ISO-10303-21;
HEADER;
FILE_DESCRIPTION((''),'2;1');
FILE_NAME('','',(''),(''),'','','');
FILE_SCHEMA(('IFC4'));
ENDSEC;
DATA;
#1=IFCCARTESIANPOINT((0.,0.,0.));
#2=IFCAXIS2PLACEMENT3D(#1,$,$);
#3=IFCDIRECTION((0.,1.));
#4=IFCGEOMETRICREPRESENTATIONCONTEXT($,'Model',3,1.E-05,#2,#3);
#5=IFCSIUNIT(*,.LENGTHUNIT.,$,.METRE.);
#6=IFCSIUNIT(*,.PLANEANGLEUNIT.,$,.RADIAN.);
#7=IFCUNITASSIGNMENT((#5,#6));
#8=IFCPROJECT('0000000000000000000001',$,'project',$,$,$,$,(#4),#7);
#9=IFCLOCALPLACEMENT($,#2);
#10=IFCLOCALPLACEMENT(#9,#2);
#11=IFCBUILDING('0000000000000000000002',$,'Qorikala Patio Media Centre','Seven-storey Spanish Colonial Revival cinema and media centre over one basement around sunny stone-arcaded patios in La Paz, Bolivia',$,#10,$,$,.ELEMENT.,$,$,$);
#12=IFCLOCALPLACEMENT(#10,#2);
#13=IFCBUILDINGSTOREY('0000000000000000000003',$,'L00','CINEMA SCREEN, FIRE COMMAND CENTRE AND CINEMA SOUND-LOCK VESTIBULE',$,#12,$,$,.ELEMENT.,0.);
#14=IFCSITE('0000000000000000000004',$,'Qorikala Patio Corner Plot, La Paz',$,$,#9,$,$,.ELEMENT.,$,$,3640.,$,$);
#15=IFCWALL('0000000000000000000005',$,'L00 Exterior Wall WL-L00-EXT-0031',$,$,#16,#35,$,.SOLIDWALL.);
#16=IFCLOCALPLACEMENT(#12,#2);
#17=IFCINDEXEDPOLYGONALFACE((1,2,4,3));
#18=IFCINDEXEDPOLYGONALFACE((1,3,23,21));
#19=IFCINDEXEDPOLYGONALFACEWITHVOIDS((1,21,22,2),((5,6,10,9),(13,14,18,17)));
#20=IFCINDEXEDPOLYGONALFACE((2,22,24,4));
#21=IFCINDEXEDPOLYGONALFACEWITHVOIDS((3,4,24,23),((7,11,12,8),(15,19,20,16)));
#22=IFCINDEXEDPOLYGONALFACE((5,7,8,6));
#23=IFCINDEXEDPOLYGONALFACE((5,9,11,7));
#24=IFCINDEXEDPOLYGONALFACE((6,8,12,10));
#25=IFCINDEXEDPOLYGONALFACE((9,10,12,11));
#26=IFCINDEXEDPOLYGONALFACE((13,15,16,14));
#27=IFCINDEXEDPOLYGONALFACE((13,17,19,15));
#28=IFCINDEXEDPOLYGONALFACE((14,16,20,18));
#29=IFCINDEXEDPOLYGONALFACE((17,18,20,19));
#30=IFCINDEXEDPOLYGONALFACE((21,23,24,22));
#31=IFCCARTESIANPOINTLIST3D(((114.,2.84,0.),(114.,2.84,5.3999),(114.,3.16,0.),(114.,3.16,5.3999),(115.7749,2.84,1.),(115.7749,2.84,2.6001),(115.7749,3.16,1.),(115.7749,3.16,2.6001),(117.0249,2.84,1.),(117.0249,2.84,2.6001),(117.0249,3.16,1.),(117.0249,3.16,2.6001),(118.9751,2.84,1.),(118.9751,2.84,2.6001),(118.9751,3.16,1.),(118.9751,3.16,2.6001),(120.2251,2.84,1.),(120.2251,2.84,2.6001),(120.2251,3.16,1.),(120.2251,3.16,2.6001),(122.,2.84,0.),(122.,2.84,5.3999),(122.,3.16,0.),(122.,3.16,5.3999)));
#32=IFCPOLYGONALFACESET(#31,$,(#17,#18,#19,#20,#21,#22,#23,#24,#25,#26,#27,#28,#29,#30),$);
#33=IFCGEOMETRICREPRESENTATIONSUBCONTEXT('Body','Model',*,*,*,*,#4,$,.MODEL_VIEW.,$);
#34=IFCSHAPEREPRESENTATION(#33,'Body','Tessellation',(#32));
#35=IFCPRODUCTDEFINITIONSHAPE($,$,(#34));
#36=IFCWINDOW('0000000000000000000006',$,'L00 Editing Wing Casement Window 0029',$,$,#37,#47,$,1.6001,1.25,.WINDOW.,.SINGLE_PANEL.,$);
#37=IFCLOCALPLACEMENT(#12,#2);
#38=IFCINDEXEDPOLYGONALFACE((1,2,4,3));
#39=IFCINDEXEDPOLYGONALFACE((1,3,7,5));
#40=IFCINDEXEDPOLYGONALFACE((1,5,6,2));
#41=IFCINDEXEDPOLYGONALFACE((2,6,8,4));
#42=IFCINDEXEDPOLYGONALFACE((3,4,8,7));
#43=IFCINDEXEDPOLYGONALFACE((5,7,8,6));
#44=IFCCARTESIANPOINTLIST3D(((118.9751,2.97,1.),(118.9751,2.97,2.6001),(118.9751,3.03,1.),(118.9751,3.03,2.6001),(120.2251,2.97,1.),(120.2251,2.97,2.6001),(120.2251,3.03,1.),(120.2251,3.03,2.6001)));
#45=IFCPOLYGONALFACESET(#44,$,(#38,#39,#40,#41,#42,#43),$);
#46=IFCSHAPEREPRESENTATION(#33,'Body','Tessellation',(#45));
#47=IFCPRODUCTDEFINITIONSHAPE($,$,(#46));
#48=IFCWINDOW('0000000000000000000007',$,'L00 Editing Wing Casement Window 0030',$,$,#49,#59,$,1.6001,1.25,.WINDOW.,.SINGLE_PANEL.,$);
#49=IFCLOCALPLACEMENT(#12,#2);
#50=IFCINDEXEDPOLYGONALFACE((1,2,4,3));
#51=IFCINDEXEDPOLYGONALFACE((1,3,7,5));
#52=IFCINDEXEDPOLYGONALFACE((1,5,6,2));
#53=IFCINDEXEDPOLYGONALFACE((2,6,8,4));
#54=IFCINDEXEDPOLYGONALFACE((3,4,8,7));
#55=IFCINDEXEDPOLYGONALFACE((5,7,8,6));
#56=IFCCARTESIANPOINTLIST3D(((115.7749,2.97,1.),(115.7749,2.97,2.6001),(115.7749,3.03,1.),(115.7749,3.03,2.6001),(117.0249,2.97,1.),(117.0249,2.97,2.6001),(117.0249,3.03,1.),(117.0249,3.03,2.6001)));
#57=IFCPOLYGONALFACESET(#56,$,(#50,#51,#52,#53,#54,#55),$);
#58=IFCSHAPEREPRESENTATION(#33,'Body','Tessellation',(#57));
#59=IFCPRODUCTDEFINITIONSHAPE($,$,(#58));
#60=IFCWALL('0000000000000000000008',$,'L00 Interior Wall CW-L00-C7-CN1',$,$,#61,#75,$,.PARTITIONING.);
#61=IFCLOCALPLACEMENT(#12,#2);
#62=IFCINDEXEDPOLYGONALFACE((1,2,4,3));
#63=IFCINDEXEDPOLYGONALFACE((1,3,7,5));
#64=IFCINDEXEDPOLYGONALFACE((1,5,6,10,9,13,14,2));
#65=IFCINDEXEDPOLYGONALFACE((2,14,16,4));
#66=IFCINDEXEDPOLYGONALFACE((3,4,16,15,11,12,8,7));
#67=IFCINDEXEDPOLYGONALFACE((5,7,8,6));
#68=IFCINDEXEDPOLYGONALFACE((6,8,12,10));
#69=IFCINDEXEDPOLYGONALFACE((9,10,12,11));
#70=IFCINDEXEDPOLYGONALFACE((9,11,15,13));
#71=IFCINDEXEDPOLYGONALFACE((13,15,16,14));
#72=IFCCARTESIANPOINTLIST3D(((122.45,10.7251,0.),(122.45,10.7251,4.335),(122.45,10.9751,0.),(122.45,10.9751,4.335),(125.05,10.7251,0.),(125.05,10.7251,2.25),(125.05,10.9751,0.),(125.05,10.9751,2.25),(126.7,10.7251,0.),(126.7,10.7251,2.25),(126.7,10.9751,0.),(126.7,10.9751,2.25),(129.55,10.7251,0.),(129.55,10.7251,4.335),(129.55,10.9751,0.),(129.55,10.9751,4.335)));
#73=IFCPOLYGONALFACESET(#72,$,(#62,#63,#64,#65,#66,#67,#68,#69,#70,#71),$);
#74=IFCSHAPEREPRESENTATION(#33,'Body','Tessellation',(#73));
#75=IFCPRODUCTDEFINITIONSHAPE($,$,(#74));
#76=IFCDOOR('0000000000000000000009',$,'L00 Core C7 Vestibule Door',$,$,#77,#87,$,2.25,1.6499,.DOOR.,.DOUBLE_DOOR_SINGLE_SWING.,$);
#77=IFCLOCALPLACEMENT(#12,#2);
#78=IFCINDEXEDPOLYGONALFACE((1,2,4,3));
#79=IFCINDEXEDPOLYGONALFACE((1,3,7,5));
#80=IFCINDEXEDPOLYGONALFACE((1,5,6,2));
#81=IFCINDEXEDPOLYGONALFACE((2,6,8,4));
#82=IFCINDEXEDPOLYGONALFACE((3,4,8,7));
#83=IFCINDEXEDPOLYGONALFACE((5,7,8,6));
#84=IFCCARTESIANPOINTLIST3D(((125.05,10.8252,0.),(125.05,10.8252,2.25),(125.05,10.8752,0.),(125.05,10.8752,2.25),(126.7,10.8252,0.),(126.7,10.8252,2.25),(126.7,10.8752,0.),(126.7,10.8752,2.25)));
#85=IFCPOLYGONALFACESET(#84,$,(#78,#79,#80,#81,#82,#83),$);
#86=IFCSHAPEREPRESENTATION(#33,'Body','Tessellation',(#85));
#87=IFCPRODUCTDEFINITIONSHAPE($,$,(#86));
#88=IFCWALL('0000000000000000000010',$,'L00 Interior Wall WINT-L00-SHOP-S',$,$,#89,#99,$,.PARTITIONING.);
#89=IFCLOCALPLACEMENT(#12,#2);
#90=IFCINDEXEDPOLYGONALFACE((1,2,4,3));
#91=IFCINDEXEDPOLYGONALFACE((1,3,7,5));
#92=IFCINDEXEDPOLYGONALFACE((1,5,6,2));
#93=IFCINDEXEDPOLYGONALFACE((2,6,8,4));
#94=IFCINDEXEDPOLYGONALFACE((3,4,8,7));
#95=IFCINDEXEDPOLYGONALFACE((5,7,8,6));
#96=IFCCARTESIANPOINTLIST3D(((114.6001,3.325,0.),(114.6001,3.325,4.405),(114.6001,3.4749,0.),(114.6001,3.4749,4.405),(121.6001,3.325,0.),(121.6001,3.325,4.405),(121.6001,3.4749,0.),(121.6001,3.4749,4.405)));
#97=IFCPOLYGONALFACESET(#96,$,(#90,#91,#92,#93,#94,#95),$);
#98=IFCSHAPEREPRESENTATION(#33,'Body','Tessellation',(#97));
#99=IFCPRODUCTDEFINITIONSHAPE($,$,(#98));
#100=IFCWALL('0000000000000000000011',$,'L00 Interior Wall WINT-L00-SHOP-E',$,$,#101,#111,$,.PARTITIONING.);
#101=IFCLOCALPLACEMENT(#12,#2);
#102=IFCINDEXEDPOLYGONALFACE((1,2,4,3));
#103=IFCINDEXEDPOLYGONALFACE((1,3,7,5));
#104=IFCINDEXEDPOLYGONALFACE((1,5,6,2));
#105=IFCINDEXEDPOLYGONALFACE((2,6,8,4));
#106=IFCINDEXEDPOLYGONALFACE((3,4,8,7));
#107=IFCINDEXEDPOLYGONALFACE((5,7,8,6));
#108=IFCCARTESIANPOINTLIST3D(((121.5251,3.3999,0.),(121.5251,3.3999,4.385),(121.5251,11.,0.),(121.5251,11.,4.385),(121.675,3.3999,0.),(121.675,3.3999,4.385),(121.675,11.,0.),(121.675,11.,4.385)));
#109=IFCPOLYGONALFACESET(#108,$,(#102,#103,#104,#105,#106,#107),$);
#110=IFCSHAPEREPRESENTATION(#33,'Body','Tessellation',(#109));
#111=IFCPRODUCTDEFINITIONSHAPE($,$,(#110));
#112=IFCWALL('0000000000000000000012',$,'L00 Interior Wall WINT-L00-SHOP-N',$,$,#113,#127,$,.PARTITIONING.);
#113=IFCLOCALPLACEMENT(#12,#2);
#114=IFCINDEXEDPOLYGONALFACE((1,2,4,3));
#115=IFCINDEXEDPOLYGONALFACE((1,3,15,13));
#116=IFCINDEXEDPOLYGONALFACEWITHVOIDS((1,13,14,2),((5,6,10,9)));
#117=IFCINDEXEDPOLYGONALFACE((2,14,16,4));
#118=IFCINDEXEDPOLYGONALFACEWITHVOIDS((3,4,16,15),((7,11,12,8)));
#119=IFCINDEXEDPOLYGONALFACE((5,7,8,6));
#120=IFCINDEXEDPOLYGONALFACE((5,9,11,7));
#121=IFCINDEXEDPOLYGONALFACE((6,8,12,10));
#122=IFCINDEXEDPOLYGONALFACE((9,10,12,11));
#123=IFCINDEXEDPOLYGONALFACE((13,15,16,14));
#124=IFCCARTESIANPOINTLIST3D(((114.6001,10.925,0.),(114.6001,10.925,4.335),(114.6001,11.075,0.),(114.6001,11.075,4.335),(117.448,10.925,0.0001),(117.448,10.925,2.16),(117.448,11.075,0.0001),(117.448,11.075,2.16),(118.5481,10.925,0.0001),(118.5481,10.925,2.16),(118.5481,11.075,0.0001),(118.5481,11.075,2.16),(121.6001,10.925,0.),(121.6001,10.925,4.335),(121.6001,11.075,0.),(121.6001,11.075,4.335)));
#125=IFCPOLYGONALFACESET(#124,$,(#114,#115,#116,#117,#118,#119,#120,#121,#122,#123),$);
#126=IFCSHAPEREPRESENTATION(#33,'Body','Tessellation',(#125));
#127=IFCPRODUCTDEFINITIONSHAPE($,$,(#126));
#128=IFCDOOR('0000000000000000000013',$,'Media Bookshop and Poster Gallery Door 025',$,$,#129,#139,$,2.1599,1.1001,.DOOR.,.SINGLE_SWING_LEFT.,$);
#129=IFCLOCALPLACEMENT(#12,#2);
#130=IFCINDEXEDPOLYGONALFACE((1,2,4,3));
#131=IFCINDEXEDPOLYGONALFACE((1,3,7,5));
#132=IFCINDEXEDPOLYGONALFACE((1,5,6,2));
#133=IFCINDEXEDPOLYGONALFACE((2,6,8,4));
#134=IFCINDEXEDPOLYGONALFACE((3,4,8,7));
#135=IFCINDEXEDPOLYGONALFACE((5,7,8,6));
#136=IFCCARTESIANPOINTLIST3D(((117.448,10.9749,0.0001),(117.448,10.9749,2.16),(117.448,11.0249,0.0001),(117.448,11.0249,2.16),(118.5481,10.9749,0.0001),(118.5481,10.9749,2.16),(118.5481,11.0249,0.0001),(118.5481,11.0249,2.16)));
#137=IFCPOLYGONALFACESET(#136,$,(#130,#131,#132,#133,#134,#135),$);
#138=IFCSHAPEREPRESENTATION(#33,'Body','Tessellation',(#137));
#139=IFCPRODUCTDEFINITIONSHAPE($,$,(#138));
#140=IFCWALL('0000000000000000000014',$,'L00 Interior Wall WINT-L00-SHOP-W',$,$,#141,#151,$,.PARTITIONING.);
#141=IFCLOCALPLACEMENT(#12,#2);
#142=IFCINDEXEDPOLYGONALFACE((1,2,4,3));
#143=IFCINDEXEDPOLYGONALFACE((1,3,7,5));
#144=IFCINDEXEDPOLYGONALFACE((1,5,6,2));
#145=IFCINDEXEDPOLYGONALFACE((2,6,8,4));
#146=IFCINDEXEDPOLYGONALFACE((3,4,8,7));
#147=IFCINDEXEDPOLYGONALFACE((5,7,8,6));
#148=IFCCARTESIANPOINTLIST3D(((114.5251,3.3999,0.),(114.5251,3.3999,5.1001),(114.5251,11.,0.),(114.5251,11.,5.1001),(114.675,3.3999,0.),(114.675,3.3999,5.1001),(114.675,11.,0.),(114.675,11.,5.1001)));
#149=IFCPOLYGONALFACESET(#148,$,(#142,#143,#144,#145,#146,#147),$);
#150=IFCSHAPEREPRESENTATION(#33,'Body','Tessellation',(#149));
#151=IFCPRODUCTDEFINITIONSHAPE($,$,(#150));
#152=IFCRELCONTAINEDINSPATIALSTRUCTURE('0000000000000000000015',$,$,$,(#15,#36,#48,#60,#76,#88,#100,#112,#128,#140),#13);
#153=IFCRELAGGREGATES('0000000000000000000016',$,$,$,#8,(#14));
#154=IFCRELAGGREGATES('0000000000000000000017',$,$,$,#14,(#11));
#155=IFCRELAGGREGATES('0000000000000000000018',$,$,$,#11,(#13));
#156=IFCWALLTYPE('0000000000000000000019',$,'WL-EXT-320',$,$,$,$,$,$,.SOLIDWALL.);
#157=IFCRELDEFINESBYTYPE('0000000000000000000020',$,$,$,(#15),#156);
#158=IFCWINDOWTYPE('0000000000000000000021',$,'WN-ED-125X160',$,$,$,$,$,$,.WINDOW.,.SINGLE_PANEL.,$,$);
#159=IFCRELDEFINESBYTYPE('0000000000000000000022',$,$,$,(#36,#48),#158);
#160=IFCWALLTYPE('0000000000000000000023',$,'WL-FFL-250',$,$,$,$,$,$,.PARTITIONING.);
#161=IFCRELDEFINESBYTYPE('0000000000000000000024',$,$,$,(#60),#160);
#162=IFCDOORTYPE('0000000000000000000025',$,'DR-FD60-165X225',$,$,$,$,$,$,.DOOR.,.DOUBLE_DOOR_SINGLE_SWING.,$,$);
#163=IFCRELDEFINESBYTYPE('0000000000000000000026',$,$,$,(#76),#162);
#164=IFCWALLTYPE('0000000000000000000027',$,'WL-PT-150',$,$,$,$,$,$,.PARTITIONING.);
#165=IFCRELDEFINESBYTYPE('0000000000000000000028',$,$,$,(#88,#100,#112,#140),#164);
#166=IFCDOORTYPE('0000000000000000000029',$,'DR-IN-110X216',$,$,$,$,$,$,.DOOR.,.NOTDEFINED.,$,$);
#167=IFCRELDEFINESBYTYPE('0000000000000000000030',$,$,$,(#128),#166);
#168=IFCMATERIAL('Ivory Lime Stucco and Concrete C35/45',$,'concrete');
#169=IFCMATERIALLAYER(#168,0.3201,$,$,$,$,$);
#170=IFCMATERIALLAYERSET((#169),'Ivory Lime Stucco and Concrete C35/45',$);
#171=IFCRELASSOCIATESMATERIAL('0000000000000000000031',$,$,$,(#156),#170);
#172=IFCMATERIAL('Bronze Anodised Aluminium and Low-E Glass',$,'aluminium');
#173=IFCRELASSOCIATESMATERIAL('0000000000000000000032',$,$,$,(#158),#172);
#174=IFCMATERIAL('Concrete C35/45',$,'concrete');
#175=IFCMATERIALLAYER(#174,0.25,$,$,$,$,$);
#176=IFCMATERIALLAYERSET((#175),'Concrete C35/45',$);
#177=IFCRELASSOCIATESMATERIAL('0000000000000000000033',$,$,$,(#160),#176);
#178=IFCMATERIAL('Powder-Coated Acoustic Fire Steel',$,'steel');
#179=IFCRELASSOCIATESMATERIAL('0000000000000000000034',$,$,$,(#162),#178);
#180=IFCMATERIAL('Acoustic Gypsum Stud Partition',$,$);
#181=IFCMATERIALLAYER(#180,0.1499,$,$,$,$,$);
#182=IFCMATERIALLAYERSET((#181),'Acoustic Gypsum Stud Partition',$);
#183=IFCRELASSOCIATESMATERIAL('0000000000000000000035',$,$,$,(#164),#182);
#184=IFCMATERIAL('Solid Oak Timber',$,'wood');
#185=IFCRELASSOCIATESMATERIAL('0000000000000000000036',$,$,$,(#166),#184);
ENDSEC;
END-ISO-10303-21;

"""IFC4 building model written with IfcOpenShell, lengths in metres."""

from ifc_helpers import new_model, si_unit, direction, frame, frame_2d, origin, place, context, subcontext, project, spatial, rectangle, extrude, material, layer, layer_set, type_object, element, fill, save


model = new_model("IFC4")

# Units and contexts
model_context = context("Model", 3, precision=1e-05, world=origin(), true_north=direction((0.0, 1.0)))
body_context = subcontext(model_context, "Body", "Model", "MODEL_VIEW")
ifc_project = project(units=[si_unit("LENGTHUNIT", "METRE"), si_unit("PLANEANGLEUNIT", "RADIAN")], contexts=[model_context])

# Site, building, storey
site_placement = place(None, origin())
site = spatial("IfcSite", under=ifc_project, at=site_placement, Name="Qorikala Patio Corner Plot, La Paz", CompositionType="ELEMENT", RefElevation=3640.0)
building_placement = place(site_placement, origin())
building = spatial("IfcBuilding", under=site, at=building_placement, Name="Qorikala Patio Media Centre", Description="Seven-storey Spanish Colonial Revival cinema and media centre over one basement around sunny stone-arcaded patios in La Paz, Bolivia", CompositionType="ELEMENT")
storey_placement = place(building_placement, origin())
storey = spatial("IfcBuildingStorey", under=building, at=storey_placement, Name="L00", Description="CINEMA SCREEN, FIRE COMMAND CENTRE AND CINEMA SOUND-LOCK VESTIBULE", CompositionType="ELEMENT", Elevation=0.0)

# Shared definitions
ifc_material_1 = material(Name="Concrete C35/45", Category="concrete")

# Shared definitions
ifc_material_2 = material(Name="Powder-Coated Acoustic Fire Steel", Category="steel")

# Wall, openings, windows
ifc_material_3 = material(Name="Ivory Lime Stucco and Concrete C35/45", Category="concrete")
ifc_layer_1 = layer(ifc_material_3, 0.3201)
ifc_layer_set_1 = layer_set([ifc_layer_1], Name="Ivory Lime Stucco and Concrete C35/45")
wall_type_1 = type_object("IfcWallType", Name="WL-EXT-320", PredefinedType="SOLIDWALL", material=ifc_layer_set_1)
wall_1_placement = place(storey_placement, frame((122.0, 3.0, 0.0), z_axis=(0.0, 0.0, 1.0), x_axis=(-1.0, 0.0, 0.0)))
wall_1 = element("IfcWall", 1, at=wall_1_placement, inside=storey, type_object=wall_type_1, Name="L00 Exterior Wall WL-L00-EXT-0031", PredefinedType="SOLIDWALL", context=body_context, shape_type="SweptSolid", body=[
    extrude(rectangle(XDim=8.0, YDim=0.3201, at=frame_2d((4.0, 0.0))), origin(), (0.0, 0.0, 1.0), 5.3999),
])
opening_1_placement = place(wall_1_placement, frame((1.7749, 0.0, 1.0)))
opening_1 = element("IfcOpeningElement", 2, at=opening_1_placement, cuts=wall_1, PredefinedType="OPENING", context=body_context, shape_type="SweptSolid", body=[
    extrude(rectangle(XDim=1.25, YDim=1.6001, at=frame_2d((0.625, 0.8))), frame((0.0, 0.1699, 0.0), z_axis=(0.0, -1.0, 0.0), x_axis=(1.0, 0.0, 0.0)), (0.0, 0.0, 1.0), 0.3401),
])
opening_2_placement = place(wall_1_placement, frame((4.9751, 0.0, 1.0)))
opening_2 = element("IfcOpeningElement", 3, at=opening_2_placement, cuts=wall_1, PredefinedType="OPENING", context=body_context, shape_type="SweptSolid", body=[
    extrude(rectangle(XDim=1.25, YDim=1.6001, at=frame_2d((0.625, 0.8))), frame((0.0, 0.1699, 0.0), z_axis=(0.0, -1.0, 0.0), x_axis=(1.0, 0.0, 0.0)), (0.0, 0.0, 1.0), 0.3401),
])
ifc_material_4 = material(Name="Bronze Anodised Aluminium and Low-E Glass", Category="aluminium")
window_type = type_object("IfcWindowType", Name="WN-ED-125X160", PartitioningType="SINGLE_PANEL", PredefinedType="WINDOW", material=ifc_material_4)
window_1_placement = place(opening_1_placement, origin())
window_1 = element("IfcWindow", 4, at=window_1_placement, inside=storey, type_object=window_type, Name="L00 Editing Wing Casement Window 0029", OverallHeight=1.6001, OverallWidth=1.25, PartitioningType="SINGLE_PANEL", PredefinedType="WINDOW", context=body_context, shape_type="SweptSolid", body=[
    extrude(rectangle(XDim=1.25, YDim=1.6001, at=frame_2d((0.625, 0.8))), frame((0.0, 0.03, 0.0), z_axis=(0.0, -1.0, 0.0), x_axis=(1.0, 0.0, 0.0)), (0.0, 0.0, 1.0), 0.0601),
])
fill(opening_1, window_1)
window_2_placement = place(opening_2_placement, origin())
window_2 = element("IfcWindow", 5, at=window_2_placement, inside=storey, type_object=window_type, Name="L00 Editing Wing Casement Window 0030", OverallHeight=1.6001, OverallWidth=1.25, PartitioningType="SINGLE_PANEL", PredefinedType="WINDOW", context=body_context, shape_type="SweptSolid", body=[
    extrude(rectangle(XDim=1.25, YDim=1.6001, at=frame_2d((0.625, 0.8))), frame((0.0, 0.03, 0.0), z_axis=(0.0, -1.0, 0.0), x_axis=(1.0, 0.0, 0.0)), (0.0, 0.0, 1.0), 0.0601),
])
fill(opening_2, window_2)

# Wall, opening, door
ifc_layer_2 = layer(ifc_material_1, 0.25)
ifc_layer_set_2 = layer_set([ifc_layer_2], Name="Concrete C35/45")
wall_type_2 = type_object("IfcWallType", Name="WL-FFL-250", PredefinedType="PARTITIONING", material=ifc_layer_set_2)
wall_2_placement = place(storey_placement, frame((122.45, 10.8501, 0.0), z_axis=(0.0, 0.0, 1.0), x_axis=(1.0, 0.0, 0.0)))
wall_2 = element("IfcWall", 6, at=wall_2_placement, inside=storey, type_object=wall_type_2, Name="L00 Interior Wall CW-L00-C7-CN1", PredefinedType="PARTITIONING", context=body_context, shape_type="SweptSolid", body=[
    extrude(rectangle(XDim=7.1001, YDim=0.25, at=frame_2d((3.55, 0.0))), origin(), (0.0, 0.0, 1.0), 4.335),
])
opening_3_placement = place(wall_2_placement, frame((2.6001, 0.0, 0.0)))
opening_3 = element("IfcOpeningElement", 7, at=opening_3_placement, cuts=wall_2, PredefinedType="OPENING", context=body_context, shape_type="SweptSolid", body=[
    extrude(rectangle(XDim=1.6499, YDim=2.25, at=frame_2d((0.825, 1.125))), frame((0.0, 0.135, 0.0), z_axis=(0.0, -1.0, 0.0), x_axis=(1.0, 0.0, 0.0)), (0.0, 0.0, 1.0), 0.27),
])
door_type_1 = type_object("IfcDoorType", Name="DR-FD60-165X225", OperationType="DOUBLE_DOOR_SINGLE_SWING", PredefinedType="DOOR", material=ifc_material_2)
door_1_placement = place(opening_3_placement, frame((1.6499, 0.0, 0.0), z_axis=(0.0, 0.0, 1.0), x_axis=(-1.0, 0.0, 0.0)))
door_1 = element("IfcDoor", 8, at=door_1_placement, inside=storey, type_object=door_type_1, Name="L00 Core C7 Vestibule Door", OperationType="DOUBLE_DOOR_SINGLE_SWING", OverallHeight=2.25, OverallWidth=1.6499, PredefinedType="DOOR", context=body_context, shape_type="SweptSolid", body=[
    extrude(rectangle(XDim=1.6499, YDim=2.25, at=frame_2d((0.825, 1.125))), frame((0.0, 0.0249, 0.0), z_axis=(0.0, -1.0, 0.0), x_axis=(1.0, 0.0, 0.0)), (0.0, 0.0, 1.0), 0.05),
])
fill(opening_3, door_1)

# Walls
ifc_material_5 = material(Name="Acoustic Gypsum Stud Partition")
ifc_layer_3 = layer(ifc_material_5, 0.1499)
ifc_layer_set_3 = layer_set([ifc_layer_3], Name="Acoustic Gypsum Stud Partition")
wall_type_3 = type_object("IfcWallType", Name="WL-PT-150", PredefinedType="PARTITIONING", material=ifc_layer_set_3)
wall_3_placement = place(storey_placement, frame((114.6001, 3.3999, 0.0), z_axis=(0.0, 0.0, 1.0), x_axis=(1.0, 0.0, 0.0)))
element("IfcWall", 9, at=wall_3_placement, inside=storey, type_object=wall_type_3, Name="L00 Interior Wall WINT-L00-SHOP-S", PredefinedType="PARTITIONING", context=body_context, shape_type="SweptSolid", body=[
    extrude(rectangle(XDim=7.0, YDim=0.1499, at=frame_2d((3.5, 0.0))), origin(), (0.0, 0.0, 1.0), 4.405),
])
wall_4_placement = place(storey_placement, frame((121.6001, 3.3999, 0.0), z_axis=(0.0, 0.0, 1.0), x_axis=(0.0, 1.0, 0.0)))
element("IfcWall", 10, at=wall_4_placement, inside=storey, type_object=wall_type_3, Name="L00 Interior Wall WINT-L00-SHOP-E", PredefinedType="PARTITIONING", context=body_context, shape_type="SweptSolid", body=[
    extrude(rectangle(XDim=7.6001, YDim=0.1499, at=frame_2d((3.8, 0.0))), origin(), (0.0, 0.0, 1.0), 4.385),
])

# Wall, opening, door
wall_5_placement = place(storey_placement, frame((114.6001, 11.0, 0.0), z_axis=(0.0, 0.0, 1.0), x_axis=(1.0, 0.0, 0.0)))
wall_5 = element("IfcWall", 11, at=wall_5_placement, inside=storey, type_object=wall_type_3, Name="L00 Interior Wall WINT-L00-SHOP-N", PredefinedType="PARTITIONING", context=body_context, shape_type="SweptSolid", body=[
    extrude(rectangle(XDim=7.0, YDim=0.1499, at=frame_2d((3.5, 0.0))), origin(), (0.0, 0.0, 1.0), 4.335),
])
opening_4_placement = place(wall_5_placement, frame((2.8479, 0.0, 0.0)))
opening_4 = element("IfcOpeningElement", 12, at=opening_4_placement, cuts=wall_5, PredefinedType="OPENING", context=body_context, shape_type="SweptSolid", body=[
    extrude(rectangle(XDim=1.1001, YDim=2.1599, at=frame_2d((0.55, 1.0801))), frame((0.0, 0.085, 0.0), z_axis=(0.0, -1.0, 0.0), x_axis=(1.0, 0.0, 0.0)), (0.0, 0.0, 1.0), 0.1699),
])
ifc_material_6 = material(Name="Solid Oak Timber", Category="wood")
door_type_2 = type_object("IfcDoorType", Name="DR-IN-110X216", OperationType="NOTDEFINED", PredefinedType="DOOR", material=ifc_material_6)
door_2_placement = place(opening_4_placement, origin())
door_2 = element("IfcDoor", 13, at=door_2_placement, inside=storey, type_object=door_type_2, Name="Media Bookshop and Poster Gallery Door 025", OperationType="SINGLE_SWING_LEFT", OverallHeight=2.1599, OverallWidth=1.1001, PredefinedType="DOOR", context=body_context, shape_type="SweptSolid", body=[
    extrude(rectangle(XDim=1.1001, YDim=2.1599, at=frame_2d((0.55, 1.0801))), frame((0.0, 0.0249, 0.0), z_axis=(0.0, -1.0, 0.0), x_axis=(1.0, 0.0, 0.0)), (0.0, 0.0, 1.0), 0.05),
])
fill(opening_4, door_2)

# Wall
wall_6_placement = place(storey_placement, frame((114.6001, 3.3999, 0.0), z_axis=(0.0, 0.0, 1.0), x_axis=(0.0, 1.0, 0.0)))
element("IfcWall", 14, at=wall_6_placement, inside=storey, type_object=wall_type_3, Name="L00 Interior Wall WINT-L00-SHOP-W", PredefinedType="PARTITIONING", context=body_context, shape_type="SweptSolid", body=[
    extrude(rectangle(XDim=7.6001, YDim=0.1499, at=frame_2d((3.8, 0.0))), origin(), (0.0, 0.0, 1.0), 5.1001),
])

save(model, "model.ifc")
